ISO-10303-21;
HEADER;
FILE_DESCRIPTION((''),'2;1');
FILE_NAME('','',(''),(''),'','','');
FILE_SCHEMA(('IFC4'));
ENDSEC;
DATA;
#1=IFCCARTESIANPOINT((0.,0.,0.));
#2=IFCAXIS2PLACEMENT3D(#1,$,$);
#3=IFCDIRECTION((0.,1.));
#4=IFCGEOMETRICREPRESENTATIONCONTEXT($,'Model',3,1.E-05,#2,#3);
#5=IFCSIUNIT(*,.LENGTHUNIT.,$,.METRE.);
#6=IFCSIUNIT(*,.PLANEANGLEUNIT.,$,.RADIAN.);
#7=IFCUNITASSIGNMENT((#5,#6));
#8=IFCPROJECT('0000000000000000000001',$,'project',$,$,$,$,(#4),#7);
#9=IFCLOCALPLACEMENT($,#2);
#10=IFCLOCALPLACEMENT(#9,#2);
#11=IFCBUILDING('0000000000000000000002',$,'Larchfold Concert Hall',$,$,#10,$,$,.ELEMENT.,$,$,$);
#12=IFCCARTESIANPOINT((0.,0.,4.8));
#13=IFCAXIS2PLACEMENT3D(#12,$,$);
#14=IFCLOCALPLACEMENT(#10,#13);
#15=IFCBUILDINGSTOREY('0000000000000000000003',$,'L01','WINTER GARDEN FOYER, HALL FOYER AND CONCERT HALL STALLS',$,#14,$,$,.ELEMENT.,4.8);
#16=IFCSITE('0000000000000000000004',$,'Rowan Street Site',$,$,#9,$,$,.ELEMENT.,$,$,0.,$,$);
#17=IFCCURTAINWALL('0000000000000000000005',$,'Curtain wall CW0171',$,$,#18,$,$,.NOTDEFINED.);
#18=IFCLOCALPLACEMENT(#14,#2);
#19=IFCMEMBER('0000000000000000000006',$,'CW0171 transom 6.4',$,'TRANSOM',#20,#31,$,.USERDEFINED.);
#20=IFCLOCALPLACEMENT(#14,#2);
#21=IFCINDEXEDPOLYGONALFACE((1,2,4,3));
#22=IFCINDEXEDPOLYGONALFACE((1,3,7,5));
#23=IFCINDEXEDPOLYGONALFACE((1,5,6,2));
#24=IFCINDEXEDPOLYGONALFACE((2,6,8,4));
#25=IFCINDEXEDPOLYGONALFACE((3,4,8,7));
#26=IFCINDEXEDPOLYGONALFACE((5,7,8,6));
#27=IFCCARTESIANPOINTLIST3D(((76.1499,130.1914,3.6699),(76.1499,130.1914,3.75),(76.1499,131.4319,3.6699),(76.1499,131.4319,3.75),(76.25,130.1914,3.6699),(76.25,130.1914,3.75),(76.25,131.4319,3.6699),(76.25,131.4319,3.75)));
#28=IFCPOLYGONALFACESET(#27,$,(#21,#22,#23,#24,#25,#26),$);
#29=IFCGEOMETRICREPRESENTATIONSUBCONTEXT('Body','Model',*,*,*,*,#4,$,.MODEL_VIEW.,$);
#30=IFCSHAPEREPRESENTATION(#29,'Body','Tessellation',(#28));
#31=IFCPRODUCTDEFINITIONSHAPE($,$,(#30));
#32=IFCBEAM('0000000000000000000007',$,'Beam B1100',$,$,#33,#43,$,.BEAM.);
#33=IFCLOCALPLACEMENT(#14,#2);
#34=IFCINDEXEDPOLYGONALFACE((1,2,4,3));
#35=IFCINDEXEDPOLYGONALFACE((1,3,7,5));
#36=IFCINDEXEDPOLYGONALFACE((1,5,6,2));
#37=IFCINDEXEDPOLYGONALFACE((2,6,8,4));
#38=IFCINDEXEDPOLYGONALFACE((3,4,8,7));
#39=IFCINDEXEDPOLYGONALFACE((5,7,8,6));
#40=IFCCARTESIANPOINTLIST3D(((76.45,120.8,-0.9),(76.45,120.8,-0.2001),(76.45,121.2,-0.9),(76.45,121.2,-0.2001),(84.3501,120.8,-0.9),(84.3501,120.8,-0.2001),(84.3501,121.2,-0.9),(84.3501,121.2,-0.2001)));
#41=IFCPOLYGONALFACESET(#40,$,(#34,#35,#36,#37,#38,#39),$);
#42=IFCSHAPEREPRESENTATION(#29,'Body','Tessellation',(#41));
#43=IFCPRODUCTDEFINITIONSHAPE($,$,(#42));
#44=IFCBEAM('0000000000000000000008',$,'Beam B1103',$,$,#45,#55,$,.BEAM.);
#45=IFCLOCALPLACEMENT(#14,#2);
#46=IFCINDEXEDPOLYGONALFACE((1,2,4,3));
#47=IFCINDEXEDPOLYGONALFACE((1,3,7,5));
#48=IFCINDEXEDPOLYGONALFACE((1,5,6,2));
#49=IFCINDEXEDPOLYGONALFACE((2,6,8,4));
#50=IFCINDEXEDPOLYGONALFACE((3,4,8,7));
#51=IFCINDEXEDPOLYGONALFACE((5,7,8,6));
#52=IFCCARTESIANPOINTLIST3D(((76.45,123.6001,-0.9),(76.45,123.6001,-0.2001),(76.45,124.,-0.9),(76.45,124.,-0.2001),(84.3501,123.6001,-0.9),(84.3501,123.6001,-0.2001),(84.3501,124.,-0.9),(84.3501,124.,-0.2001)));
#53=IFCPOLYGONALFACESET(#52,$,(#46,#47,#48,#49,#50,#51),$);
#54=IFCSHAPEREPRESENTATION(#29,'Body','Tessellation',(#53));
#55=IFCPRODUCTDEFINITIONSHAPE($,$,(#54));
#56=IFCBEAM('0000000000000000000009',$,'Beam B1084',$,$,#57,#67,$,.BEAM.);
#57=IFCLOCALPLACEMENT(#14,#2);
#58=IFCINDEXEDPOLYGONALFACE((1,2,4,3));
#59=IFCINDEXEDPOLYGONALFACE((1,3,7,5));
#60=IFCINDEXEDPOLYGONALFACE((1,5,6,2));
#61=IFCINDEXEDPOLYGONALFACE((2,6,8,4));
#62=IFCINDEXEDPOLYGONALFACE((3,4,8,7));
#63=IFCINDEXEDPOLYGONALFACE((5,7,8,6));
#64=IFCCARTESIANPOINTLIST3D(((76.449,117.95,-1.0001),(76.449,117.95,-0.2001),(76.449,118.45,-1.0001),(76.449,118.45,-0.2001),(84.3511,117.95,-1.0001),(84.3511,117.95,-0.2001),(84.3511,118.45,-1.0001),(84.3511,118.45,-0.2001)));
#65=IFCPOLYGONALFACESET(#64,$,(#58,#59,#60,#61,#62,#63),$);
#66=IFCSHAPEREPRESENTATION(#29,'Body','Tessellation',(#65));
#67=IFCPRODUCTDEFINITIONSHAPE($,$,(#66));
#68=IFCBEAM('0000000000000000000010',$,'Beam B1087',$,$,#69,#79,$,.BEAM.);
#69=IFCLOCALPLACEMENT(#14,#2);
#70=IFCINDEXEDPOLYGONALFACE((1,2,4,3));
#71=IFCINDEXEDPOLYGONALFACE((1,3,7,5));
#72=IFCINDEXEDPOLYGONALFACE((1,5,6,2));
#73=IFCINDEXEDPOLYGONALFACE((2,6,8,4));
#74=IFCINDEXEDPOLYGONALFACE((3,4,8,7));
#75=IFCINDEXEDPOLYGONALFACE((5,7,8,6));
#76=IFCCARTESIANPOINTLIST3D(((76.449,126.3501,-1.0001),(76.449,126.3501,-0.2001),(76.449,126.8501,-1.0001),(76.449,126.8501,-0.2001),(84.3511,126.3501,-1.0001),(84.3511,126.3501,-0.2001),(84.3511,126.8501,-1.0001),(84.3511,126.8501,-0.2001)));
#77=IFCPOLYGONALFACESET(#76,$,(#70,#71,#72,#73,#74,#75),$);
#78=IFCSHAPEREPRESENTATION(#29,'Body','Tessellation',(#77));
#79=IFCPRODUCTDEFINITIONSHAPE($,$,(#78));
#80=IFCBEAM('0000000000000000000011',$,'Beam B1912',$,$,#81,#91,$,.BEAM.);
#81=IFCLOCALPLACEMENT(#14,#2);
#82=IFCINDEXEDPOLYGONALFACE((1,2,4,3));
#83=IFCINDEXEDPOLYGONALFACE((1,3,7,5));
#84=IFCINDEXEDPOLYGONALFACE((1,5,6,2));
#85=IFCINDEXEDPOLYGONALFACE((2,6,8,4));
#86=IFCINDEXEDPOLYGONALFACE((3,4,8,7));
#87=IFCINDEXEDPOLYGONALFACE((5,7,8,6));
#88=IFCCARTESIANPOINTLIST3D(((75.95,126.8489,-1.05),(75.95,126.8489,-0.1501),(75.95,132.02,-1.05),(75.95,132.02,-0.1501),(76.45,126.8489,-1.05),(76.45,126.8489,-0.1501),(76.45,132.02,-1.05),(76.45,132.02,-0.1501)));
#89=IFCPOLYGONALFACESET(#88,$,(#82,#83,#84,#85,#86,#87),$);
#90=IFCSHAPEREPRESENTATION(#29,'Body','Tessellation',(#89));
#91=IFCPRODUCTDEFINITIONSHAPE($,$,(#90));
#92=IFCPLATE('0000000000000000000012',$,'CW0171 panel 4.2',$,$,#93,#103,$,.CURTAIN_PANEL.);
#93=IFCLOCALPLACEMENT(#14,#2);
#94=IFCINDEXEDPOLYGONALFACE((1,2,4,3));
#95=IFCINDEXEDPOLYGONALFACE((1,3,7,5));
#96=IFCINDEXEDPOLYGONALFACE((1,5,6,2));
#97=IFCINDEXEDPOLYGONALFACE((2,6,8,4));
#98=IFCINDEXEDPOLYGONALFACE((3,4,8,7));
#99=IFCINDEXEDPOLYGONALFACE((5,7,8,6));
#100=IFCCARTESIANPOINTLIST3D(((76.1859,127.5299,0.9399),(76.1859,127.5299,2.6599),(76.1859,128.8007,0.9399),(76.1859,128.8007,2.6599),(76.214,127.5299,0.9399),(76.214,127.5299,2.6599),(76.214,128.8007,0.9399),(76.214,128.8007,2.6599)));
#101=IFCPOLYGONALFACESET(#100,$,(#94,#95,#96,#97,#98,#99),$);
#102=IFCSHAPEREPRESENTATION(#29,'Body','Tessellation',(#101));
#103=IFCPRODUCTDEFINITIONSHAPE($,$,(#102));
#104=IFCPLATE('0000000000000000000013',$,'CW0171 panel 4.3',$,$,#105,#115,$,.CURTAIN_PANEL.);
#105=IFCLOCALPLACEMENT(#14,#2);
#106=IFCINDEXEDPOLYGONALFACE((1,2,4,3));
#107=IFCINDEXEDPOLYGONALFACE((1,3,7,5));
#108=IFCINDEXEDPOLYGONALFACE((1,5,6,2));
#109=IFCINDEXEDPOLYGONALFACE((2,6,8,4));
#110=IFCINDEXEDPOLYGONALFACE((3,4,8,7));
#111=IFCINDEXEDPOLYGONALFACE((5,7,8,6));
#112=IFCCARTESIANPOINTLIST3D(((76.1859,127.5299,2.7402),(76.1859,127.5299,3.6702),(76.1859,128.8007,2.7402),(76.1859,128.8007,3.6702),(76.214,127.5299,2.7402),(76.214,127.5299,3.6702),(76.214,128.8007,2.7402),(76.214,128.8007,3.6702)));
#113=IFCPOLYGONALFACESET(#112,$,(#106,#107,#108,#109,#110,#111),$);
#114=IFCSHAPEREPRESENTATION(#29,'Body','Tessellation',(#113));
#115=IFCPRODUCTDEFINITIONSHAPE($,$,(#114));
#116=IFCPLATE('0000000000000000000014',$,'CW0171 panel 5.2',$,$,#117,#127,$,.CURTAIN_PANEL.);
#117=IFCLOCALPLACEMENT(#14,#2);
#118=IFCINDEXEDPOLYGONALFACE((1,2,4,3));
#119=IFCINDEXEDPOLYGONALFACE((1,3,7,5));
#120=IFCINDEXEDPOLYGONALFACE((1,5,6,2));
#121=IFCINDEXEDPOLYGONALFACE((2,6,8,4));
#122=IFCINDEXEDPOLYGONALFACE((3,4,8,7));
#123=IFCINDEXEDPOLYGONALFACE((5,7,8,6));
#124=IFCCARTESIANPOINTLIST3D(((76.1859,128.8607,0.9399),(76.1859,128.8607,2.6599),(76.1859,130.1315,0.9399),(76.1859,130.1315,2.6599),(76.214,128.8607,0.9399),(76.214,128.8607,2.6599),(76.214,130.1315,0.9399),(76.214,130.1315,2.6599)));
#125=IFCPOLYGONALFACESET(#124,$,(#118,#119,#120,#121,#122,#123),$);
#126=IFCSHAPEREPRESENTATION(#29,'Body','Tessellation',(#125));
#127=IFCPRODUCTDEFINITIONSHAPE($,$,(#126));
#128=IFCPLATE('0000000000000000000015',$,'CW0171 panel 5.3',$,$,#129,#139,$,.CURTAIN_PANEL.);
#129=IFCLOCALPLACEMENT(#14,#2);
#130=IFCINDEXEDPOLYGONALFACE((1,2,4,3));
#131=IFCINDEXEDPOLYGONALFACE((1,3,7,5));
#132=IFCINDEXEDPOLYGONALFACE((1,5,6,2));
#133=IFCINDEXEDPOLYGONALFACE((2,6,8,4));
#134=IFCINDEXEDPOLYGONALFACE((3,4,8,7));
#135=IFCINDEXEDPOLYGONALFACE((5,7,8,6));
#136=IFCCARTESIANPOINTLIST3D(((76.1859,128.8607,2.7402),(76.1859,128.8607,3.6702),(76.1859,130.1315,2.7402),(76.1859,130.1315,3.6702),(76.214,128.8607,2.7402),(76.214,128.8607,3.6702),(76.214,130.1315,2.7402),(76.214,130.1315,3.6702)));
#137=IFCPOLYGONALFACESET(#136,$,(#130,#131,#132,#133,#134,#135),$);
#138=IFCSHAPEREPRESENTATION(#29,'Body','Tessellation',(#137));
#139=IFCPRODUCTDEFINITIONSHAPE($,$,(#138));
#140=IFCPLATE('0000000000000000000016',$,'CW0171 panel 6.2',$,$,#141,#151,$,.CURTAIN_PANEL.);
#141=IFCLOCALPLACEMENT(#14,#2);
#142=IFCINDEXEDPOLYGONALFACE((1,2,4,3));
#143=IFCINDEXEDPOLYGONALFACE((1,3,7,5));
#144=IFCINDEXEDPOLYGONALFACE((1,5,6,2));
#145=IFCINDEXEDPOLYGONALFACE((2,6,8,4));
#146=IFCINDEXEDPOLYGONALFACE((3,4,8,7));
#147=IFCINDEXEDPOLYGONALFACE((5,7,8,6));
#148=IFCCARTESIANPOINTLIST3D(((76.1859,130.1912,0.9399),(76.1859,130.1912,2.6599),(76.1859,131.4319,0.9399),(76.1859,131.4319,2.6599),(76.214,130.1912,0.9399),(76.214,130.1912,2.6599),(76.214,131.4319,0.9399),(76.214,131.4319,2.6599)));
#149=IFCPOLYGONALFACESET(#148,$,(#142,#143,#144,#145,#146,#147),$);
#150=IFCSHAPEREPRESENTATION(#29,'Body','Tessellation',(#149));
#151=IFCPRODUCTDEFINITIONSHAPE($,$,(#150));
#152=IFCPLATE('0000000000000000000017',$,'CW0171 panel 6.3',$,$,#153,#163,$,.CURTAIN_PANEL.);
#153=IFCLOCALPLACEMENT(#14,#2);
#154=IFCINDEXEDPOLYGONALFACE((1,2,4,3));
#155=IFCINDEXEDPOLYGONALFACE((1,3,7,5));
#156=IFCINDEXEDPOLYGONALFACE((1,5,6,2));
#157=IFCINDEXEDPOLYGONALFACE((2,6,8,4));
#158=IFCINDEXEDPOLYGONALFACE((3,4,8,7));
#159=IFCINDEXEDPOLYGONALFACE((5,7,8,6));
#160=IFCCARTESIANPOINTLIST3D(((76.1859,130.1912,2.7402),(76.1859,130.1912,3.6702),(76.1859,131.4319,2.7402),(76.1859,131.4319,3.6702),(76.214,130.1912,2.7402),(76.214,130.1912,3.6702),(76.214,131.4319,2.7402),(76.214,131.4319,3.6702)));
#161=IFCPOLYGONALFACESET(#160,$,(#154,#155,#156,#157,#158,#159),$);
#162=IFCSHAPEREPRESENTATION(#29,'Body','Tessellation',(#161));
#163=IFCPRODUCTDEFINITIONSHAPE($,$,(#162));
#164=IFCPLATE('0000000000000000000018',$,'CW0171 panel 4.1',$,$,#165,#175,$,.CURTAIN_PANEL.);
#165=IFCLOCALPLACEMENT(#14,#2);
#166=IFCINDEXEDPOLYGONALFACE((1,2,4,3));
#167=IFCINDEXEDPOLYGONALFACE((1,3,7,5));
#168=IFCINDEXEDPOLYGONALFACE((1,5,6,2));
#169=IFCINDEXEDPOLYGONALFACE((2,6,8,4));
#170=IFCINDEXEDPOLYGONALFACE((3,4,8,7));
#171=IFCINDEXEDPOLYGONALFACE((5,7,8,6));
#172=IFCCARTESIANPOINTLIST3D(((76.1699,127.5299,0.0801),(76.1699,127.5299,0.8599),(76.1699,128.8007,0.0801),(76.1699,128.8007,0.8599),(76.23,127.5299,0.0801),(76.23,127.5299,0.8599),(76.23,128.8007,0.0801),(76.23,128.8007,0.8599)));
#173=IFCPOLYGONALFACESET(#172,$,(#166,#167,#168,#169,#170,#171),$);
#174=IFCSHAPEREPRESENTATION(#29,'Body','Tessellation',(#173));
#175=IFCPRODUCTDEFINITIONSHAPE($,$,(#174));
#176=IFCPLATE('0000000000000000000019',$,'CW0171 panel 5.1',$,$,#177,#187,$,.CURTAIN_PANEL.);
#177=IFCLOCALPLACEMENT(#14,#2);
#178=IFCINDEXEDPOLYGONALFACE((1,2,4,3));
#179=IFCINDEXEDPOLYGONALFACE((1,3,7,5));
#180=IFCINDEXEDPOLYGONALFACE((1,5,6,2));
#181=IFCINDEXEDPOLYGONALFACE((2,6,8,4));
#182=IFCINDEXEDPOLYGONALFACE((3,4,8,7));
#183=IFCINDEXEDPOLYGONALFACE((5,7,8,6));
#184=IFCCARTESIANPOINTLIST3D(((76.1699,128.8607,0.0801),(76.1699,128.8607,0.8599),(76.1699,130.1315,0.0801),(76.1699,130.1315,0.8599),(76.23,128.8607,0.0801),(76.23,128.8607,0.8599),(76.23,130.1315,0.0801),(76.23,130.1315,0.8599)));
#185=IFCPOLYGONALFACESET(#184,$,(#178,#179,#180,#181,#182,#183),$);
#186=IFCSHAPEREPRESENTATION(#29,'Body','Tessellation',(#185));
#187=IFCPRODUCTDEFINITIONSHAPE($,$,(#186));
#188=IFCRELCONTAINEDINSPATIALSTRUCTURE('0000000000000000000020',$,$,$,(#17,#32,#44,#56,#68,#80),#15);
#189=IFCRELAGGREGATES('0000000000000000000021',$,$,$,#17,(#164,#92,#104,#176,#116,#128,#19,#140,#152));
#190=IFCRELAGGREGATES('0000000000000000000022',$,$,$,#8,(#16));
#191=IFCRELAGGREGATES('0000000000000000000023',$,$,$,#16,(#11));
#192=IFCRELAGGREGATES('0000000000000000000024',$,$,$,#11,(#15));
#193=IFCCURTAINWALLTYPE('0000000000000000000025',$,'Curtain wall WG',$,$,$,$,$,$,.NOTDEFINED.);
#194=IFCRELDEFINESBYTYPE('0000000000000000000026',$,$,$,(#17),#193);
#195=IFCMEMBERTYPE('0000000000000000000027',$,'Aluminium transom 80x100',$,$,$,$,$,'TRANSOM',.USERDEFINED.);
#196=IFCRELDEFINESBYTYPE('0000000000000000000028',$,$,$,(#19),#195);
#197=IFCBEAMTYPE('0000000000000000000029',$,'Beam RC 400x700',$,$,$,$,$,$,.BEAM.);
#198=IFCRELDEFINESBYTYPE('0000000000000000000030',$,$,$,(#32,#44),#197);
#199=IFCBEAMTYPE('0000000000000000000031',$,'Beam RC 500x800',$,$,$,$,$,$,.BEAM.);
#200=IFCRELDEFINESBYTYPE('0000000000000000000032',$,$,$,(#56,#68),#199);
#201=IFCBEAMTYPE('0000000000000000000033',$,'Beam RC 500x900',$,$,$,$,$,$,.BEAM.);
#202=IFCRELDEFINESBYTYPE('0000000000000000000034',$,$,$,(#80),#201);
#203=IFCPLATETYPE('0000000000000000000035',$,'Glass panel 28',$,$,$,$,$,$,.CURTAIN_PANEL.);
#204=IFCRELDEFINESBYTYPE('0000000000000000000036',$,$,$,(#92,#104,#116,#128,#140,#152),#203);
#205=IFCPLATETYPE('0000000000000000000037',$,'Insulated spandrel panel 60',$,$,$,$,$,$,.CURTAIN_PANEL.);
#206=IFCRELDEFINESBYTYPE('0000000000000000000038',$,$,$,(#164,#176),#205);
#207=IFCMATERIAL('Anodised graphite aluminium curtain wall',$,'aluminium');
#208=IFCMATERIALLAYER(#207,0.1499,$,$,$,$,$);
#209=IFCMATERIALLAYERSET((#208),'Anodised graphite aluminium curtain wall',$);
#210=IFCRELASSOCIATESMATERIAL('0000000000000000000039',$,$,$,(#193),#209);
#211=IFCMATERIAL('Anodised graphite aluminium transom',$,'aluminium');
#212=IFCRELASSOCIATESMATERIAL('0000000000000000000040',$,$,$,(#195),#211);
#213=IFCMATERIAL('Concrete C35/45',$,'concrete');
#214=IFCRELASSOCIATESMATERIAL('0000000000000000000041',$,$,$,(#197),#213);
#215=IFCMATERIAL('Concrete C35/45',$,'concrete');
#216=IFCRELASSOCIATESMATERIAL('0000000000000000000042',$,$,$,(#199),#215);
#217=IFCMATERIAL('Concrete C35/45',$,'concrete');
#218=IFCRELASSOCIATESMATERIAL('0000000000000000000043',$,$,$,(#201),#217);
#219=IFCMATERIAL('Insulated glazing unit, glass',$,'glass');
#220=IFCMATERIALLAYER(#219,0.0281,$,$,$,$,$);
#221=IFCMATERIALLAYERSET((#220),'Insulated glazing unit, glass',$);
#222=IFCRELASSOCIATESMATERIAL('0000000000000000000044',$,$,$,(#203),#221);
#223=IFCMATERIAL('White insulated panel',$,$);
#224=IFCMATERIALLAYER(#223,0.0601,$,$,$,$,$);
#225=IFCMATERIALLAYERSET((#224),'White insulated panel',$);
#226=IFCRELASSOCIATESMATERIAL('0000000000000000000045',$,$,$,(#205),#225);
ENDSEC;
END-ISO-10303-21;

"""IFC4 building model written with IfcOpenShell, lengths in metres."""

from ifc_helpers import new_model, si_unit, direction, frame, origin, origin_2d, place, context, subcontext, project, spatial, rectangle, extrude, material, layer, layer_set, material_profile, profile_set, type_object, element, aggregate, save


model = new_model("IFC4")

# Units and contexts
model_context = context("Model", 3, precision=1e-05, world=origin(), true_north=direction((0.0, 1.0)))
body_context = subcontext(model_context, "Body", "Model", "MODEL_VIEW")
ifc_project = project(units=[si_unit("LENGTHUNIT", "METRE"), si_unit("PLANEANGLEUNIT", "RADIAN")], contexts=[model_context])

# Site, building, storey
site_placement = place(None, origin())
site = spatial("IfcSite", under=ifc_project, at=site_placement, Name="Rowan Street Site", CompositionType="ELEMENT", RefElevation=0.0)
building_placement = place(site_placement, origin())
building = spatial("IfcBuilding", under=site, at=building_placement, Name="Larchfold Concert Hall", CompositionType="ELEMENT")
storey_placement = place(building_placement, frame((0.0, 0.0, 4.8)))
storey = spatial("IfcBuildingStorey", under=building, at=storey_placement, Name="L01", Description="WINTER GARDEN FOYER, HALL FOYER AND CONCERT HALL STALLS", CompositionType="ELEMENT", Elevation=4.8)

# Curtain wall, member
ifc_material_1 = material(Name="Anodised graphite aluminium curtain wall", Category="aluminium")
ifc_layer_1 = layer(ifc_material_1, 0.1499)
ifc_layer_set_1 = layer_set([ifc_layer_1], Name="Anodised graphite aluminium curtain wall")
curtain_wall_type = type_object("IfcCurtainWallType", Name="Curtain wall WG", PredefinedType="NOTDEFINED", material=ifc_layer_set_1)
curtain_wall_placement = place(storey_placement, origin())
curtain_wall = element("IfcCurtainWall", 1, at=curtain_wall_placement, inside=storey, type_object=curtain_wall_type, Name="Curtain wall CW0171", PredefinedType="NOTDEFINED")
ifc_material_2 = material(Name="Anodised graphite aluminium transom", Category="aluminium")
ifc_material_profile_1 = material_profile(ifc_material_2, rectangle(XDim=0.1001, YDim=0.0801, at=origin_2d()))
ifc_profile_set_1 = profile_set([ifc_material_profile_1], Name="Anodised graphite aluminium transom")
member_type_1 = type_object("IfcMemberType", Name="Aluminium transom 80x100", ElementType="TRANSOM", PredefinedType="USERDEFINED", material=ifc_profile_set_1)
member_1_placement = place(storey_placement, frame((76.2, 130.1914, 3.71), z_axis=(0.0, 1.0, 0.0), x_axis=(-1.0, 0.0, 0.0)))
member_1 = element("IfcMember", 2, at=member_1_placement, type_object=member_type_1, Name="CW0171 transom 6.4", ObjectType="TRANSOM", PredefinedType="USERDEFINED", context=body_context, shape_type="SweptSolid", body=[
    extrude(rectangle(XDim=0.1001, YDim=0.0801, at=origin_2d()), origin(), (0.0, 0.0, 1.0), 1.2405),
])

# Beams
ifc_material_3 = material(Name="Concrete C35/45", Category="concrete")
ifc_material_profile_2 = material_profile(ifc_material_3, rectangle(XDim=0.3999, YDim=0.7, at=origin_2d()))
ifc_profile_set_2 = profile_set([ifc_material_profile_2], Name="Concrete C35/45")
beam_type_1 = type_object("IfcBeamType", Name="Beam RC 400x700", PredefinedType="BEAM", material=ifc_profile_set_2)
for number, where, z_axis, x_axis, name in (
    (3, (76.45, 121.0, -0.55), (1.0, 0.0, 0.0), (0.0, 1.0, 0.0), "Beam B1100"),
    (4, (76.45, 123.8, -0.55), (1.0, 0.0, 0.0), (0.0, 1.0, 0.0), "Beam B1103"),
):
    element("IfcBeam", number, at=place(storey_placement, frame(where, z_axis=z_axis, x_axis=x_axis)), inside=storey, type_object=beam_type_1, Name=name, PredefinedType="BEAM", context=body_context, shape_type="SweptSolid", body=[
        extrude(rectangle(XDim=0.3999, YDim=0.7, at=origin_2d()), origin(), (0.0, 0.0, 1.0), 7.9001),
    ])
ifc_material_4 = material(Name="Concrete C35/45", Category="concrete")
ifc_material_profile_3 = material_profile(ifc_material_4, rectangle(XDim=0.5, YDim=0.8, at=origin_2d()))
ifc_profile_set_3 = profile_set([ifc_material_profile_3], Name="Concrete C35/45")
beam_type_2 = type_object("IfcBeamType", Name="Beam RC 500x800", PredefinedType="BEAM", material=ifc_profile_set_3)
for number, where, z_axis, x_axis, name in (
    (5, (76.449, 118.2, -0.6001), (1.0, 0.0, 0.0), (0.0, 1.0, 0.0), "Beam B1084"),
    (6, (76.449, 126.6001, -0.6001), (1.0, 0.0, 0.0), (0.0, 1.0, 0.0), "Beam B1087"),
):
    element("IfcBeam", number, at=place(storey_placement, frame(where, z_axis=z_axis, x_axis=x_axis)), inside=storey, type_object=beam_type_2, Name=name, PredefinedType="BEAM", context=body_context, shape_type="SweptSolid", body=[
        extrude(rectangle(XDim=0.5, YDim=0.8, at=origin_2d()), origin(), (0.0, 0.0, 1.0), 7.9021),
    ])
ifc_material_5 = material(Name="Concrete C35/45", Category="concrete")
ifc_material_profile_4 = material_profile(ifc_material_5, rectangle(XDim=0.5, YDim=0.8999, at=origin_2d()))
ifc_profile_set_4 = profile_set([ifc_material_profile_4], Name="Concrete C35/45")
beam_type_3 = type_object("IfcBeamType", Name="Beam RC 500x900", PredefinedType="BEAM", material=ifc_profile_set_4)
beam_placement = place(storey_placement, frame((76.2, 126.8489, -0.6001), z_axis=(0.0, 1.0, 0.0), x_axis=(-1.0, 0.0, 0.0)))
element("IfcBeam", 7, at=beam_placement, inside=storey, type_object=beam_type_3, Name="Beam B1912", PredefinedType="BEAM", context=body_context, shape_type="SweptSolid", body=[
    extrude(rectangle(XDim=0.5, YDim=0.8999, at=origin_2d()), origin(), (0.0, 0.0, 1.0), 5.1711),
])

# Plates
ifc_material_6 = material(Name="Insulated glazing unit, glass", Category="glass")
ifc_layer_2 = layer(ifc_material_6, 0.0281)
ifc_layer_set_2 = layer_set([ifc_layer_2], Name="Insulated glazing unit, glass")
plate_type_1 = type_object("IfcPlateType", Name="Glass panel 28", PredefinedType="CURTAIN_PANEL", material=ifc_layer_set_2)
plate_1_placement = place(storey_placement, frame((76.2, 128.1653, 0.9399), z_axis=(0.0, 0.0, 1.0), x_axis=(0.0, 1.0, 0.0)))
plate_1 = element("IfcPlate", 8, at=plate_1_placement, type_object=plate_type_1, Name="CW0171 panel 4.2", PredefinedType="CURTAIN_PANEL", context=body_context, shape_type="SweptSolid", body=[
    extrude(rectangle(XDim=1.2708, YDim=0.0281, at=origin_2d()), origin(), (0.0, 0.0, 1.0), 1.72),
])
plate_2_placement = place(storey_placement, frame((76.2, 128.1653, 2.7402), z_axis=(0.0, 0.0, 1.0), x_axis=(0.0, 1.0, 0.0)))
plate_2 = element("IfcPlate", 9, at=plate_2_placement, type_object=plate_type_1, Name="CW0171 panel 4.3", PredefinedType="CURTAIN_PANEL", context=body_context, shape_type="SweptSolid", body=[
    extrude(rectangle(XDim=1.2708, YDim=0.0281, at=origin_2d()), origin(), (0.0, 0.0, 1.0), 0.9299),
])
plate_3_placement = place(storey_placement, frame((76.2, 129.4961, 0.9399), z_axis=(0.0, 0.0, 1.0), x_axis=(0.0, 1.0, 0.0)))
plate_3 = element("IfcPlate", 10, at=plate_3_placement, type_object=plate_type_1, Name="CW0171 panel 5.2", PredefinedType="CURTAIN_PANEL", context=body_context, shape_type="SweptSolid", body=[
    extrude(rectangle(XDim=1.2708, YDim=0.0281, at=origin_2d()), origin(), (0.0, 0.0, 1.0), 1.72),
])
plate_4_placement = place(storey_placement, frame((76.2, 129.4961, 2.7402), z_axis=(0.0, 0.0, 1.0), x_axis=(0.0, 1.0, 0.0)))
plate_4 = element("IfcPlate", 11, at=plate_4_placement, type_object=plate_type_1, Name="CW0171 panel 5.3", PredefinedType="CURTAIN_PANEL", context=body_context, shape_type="SweptSolid", body=[
    extrude(rectangle(XDim=1.2708, YDim=0.0281, at=origin_2d()), origin(), (0.0, 0.0, 1.0), 0.9299),
])
plate_5_placement = place(storey_placement, frame((76.2, 130.8115, 0.9399), z_axis=(0.0, 0.0, 1.0), x_axis=(0.0, 1.0, 0.0)))
plate_5 = element("IfcPlate", 12, at=plate_5_placement, type_object=plate_type_1, Name="CW0171 panel 6.2", PredefinedType="CURTAIN_PANEL", context=body_context, shape_type="SweptSolid", body=[
    extrude(rectangle(XDim=1.2407, YDim=0.0281, at=origin_2d()), origin(), (0.0, 0.0, 1.0), 1.72),
])
plate_6_placement = place(storey_placement, frame((76.2, 130.8115, 2.7402), z_axis=(0.0, 0.0, 1.0), x_axis=(0.0, 1.0, 0.0)))
plate_6 = element("IfcPlate", 13, at=plate_6_placement, type_object=plate_type_1, Name="CW0171 panel 6.3", PredefinedType="CURTAIN_PANEL", context=body_context, shape_type="SweptSolid", body=[
    extrude(rectangle(XDim=1.2407, YDim=0.0281, at=origin_2d()), origin(), (0.0, 0.0, 1.0), 0.9299),
])
ifc_material_7 = material(Name="White insulated panel")
ifc_layer_3 = layer(ifc_material_7, 0.0601)
ifc_layer_set_3 = layer_set([ifc_layer_3], Name="White insulated panel")
plate_type_2 = type_object("IfcPlateType", Name="Insulated spandrel panel 60", PredefinedType="CURTAIN_PANEL", material=ifc_layer_set_3)
plate_7_placement = place(storey_placement, frame((76.2, 128.1653, 0.0801), z_axis=(0.0, 0.0, 1.0), x_axis=(0.0, 1.0, 0.0)))
plate_7 = element("IfcPlate", 14, at=plate_7_placement, type_object=plate_type_2, Name="CW0171 panel 4.1", PredefinedType="CURTAIN_PANEL", context=body_context, shape_type="SweptSolid", body=[
    extrude(rectangle(XDim=1.2708, YDim=0.0601, at=origin_2d()), origin(), (0.0, 0.0, 1.0), 0.7798),
])
plate_8_placement = place(storey_placement, frame((76.2, 129.4961, 0.0801), z_axis=(0.0, 0.0, 1.0), x_axis=(0.0, 1.0, 0.0)))
plate_8 = element("IfcPlate", 15, at=plate_8_placement, type_object=plate_type_2, Name="CW0171 panel 5.1", PredefinedType="CURTAIN_PANEL", context=body_context, shape_type="SweptSolid", body=[
    extrude(rectangle(XDim=1.2708, YDim=0.0601, at=origin_2d()), origin(), (0.0, 0.0, 1.0), 0.7798),
])
aggregate(curtain_wall, [plate_7, plate_1, plate_2, plate_8, plate_3, plate_4, member_1, plate_5, plate_6])

save(model, "model.ifc")
